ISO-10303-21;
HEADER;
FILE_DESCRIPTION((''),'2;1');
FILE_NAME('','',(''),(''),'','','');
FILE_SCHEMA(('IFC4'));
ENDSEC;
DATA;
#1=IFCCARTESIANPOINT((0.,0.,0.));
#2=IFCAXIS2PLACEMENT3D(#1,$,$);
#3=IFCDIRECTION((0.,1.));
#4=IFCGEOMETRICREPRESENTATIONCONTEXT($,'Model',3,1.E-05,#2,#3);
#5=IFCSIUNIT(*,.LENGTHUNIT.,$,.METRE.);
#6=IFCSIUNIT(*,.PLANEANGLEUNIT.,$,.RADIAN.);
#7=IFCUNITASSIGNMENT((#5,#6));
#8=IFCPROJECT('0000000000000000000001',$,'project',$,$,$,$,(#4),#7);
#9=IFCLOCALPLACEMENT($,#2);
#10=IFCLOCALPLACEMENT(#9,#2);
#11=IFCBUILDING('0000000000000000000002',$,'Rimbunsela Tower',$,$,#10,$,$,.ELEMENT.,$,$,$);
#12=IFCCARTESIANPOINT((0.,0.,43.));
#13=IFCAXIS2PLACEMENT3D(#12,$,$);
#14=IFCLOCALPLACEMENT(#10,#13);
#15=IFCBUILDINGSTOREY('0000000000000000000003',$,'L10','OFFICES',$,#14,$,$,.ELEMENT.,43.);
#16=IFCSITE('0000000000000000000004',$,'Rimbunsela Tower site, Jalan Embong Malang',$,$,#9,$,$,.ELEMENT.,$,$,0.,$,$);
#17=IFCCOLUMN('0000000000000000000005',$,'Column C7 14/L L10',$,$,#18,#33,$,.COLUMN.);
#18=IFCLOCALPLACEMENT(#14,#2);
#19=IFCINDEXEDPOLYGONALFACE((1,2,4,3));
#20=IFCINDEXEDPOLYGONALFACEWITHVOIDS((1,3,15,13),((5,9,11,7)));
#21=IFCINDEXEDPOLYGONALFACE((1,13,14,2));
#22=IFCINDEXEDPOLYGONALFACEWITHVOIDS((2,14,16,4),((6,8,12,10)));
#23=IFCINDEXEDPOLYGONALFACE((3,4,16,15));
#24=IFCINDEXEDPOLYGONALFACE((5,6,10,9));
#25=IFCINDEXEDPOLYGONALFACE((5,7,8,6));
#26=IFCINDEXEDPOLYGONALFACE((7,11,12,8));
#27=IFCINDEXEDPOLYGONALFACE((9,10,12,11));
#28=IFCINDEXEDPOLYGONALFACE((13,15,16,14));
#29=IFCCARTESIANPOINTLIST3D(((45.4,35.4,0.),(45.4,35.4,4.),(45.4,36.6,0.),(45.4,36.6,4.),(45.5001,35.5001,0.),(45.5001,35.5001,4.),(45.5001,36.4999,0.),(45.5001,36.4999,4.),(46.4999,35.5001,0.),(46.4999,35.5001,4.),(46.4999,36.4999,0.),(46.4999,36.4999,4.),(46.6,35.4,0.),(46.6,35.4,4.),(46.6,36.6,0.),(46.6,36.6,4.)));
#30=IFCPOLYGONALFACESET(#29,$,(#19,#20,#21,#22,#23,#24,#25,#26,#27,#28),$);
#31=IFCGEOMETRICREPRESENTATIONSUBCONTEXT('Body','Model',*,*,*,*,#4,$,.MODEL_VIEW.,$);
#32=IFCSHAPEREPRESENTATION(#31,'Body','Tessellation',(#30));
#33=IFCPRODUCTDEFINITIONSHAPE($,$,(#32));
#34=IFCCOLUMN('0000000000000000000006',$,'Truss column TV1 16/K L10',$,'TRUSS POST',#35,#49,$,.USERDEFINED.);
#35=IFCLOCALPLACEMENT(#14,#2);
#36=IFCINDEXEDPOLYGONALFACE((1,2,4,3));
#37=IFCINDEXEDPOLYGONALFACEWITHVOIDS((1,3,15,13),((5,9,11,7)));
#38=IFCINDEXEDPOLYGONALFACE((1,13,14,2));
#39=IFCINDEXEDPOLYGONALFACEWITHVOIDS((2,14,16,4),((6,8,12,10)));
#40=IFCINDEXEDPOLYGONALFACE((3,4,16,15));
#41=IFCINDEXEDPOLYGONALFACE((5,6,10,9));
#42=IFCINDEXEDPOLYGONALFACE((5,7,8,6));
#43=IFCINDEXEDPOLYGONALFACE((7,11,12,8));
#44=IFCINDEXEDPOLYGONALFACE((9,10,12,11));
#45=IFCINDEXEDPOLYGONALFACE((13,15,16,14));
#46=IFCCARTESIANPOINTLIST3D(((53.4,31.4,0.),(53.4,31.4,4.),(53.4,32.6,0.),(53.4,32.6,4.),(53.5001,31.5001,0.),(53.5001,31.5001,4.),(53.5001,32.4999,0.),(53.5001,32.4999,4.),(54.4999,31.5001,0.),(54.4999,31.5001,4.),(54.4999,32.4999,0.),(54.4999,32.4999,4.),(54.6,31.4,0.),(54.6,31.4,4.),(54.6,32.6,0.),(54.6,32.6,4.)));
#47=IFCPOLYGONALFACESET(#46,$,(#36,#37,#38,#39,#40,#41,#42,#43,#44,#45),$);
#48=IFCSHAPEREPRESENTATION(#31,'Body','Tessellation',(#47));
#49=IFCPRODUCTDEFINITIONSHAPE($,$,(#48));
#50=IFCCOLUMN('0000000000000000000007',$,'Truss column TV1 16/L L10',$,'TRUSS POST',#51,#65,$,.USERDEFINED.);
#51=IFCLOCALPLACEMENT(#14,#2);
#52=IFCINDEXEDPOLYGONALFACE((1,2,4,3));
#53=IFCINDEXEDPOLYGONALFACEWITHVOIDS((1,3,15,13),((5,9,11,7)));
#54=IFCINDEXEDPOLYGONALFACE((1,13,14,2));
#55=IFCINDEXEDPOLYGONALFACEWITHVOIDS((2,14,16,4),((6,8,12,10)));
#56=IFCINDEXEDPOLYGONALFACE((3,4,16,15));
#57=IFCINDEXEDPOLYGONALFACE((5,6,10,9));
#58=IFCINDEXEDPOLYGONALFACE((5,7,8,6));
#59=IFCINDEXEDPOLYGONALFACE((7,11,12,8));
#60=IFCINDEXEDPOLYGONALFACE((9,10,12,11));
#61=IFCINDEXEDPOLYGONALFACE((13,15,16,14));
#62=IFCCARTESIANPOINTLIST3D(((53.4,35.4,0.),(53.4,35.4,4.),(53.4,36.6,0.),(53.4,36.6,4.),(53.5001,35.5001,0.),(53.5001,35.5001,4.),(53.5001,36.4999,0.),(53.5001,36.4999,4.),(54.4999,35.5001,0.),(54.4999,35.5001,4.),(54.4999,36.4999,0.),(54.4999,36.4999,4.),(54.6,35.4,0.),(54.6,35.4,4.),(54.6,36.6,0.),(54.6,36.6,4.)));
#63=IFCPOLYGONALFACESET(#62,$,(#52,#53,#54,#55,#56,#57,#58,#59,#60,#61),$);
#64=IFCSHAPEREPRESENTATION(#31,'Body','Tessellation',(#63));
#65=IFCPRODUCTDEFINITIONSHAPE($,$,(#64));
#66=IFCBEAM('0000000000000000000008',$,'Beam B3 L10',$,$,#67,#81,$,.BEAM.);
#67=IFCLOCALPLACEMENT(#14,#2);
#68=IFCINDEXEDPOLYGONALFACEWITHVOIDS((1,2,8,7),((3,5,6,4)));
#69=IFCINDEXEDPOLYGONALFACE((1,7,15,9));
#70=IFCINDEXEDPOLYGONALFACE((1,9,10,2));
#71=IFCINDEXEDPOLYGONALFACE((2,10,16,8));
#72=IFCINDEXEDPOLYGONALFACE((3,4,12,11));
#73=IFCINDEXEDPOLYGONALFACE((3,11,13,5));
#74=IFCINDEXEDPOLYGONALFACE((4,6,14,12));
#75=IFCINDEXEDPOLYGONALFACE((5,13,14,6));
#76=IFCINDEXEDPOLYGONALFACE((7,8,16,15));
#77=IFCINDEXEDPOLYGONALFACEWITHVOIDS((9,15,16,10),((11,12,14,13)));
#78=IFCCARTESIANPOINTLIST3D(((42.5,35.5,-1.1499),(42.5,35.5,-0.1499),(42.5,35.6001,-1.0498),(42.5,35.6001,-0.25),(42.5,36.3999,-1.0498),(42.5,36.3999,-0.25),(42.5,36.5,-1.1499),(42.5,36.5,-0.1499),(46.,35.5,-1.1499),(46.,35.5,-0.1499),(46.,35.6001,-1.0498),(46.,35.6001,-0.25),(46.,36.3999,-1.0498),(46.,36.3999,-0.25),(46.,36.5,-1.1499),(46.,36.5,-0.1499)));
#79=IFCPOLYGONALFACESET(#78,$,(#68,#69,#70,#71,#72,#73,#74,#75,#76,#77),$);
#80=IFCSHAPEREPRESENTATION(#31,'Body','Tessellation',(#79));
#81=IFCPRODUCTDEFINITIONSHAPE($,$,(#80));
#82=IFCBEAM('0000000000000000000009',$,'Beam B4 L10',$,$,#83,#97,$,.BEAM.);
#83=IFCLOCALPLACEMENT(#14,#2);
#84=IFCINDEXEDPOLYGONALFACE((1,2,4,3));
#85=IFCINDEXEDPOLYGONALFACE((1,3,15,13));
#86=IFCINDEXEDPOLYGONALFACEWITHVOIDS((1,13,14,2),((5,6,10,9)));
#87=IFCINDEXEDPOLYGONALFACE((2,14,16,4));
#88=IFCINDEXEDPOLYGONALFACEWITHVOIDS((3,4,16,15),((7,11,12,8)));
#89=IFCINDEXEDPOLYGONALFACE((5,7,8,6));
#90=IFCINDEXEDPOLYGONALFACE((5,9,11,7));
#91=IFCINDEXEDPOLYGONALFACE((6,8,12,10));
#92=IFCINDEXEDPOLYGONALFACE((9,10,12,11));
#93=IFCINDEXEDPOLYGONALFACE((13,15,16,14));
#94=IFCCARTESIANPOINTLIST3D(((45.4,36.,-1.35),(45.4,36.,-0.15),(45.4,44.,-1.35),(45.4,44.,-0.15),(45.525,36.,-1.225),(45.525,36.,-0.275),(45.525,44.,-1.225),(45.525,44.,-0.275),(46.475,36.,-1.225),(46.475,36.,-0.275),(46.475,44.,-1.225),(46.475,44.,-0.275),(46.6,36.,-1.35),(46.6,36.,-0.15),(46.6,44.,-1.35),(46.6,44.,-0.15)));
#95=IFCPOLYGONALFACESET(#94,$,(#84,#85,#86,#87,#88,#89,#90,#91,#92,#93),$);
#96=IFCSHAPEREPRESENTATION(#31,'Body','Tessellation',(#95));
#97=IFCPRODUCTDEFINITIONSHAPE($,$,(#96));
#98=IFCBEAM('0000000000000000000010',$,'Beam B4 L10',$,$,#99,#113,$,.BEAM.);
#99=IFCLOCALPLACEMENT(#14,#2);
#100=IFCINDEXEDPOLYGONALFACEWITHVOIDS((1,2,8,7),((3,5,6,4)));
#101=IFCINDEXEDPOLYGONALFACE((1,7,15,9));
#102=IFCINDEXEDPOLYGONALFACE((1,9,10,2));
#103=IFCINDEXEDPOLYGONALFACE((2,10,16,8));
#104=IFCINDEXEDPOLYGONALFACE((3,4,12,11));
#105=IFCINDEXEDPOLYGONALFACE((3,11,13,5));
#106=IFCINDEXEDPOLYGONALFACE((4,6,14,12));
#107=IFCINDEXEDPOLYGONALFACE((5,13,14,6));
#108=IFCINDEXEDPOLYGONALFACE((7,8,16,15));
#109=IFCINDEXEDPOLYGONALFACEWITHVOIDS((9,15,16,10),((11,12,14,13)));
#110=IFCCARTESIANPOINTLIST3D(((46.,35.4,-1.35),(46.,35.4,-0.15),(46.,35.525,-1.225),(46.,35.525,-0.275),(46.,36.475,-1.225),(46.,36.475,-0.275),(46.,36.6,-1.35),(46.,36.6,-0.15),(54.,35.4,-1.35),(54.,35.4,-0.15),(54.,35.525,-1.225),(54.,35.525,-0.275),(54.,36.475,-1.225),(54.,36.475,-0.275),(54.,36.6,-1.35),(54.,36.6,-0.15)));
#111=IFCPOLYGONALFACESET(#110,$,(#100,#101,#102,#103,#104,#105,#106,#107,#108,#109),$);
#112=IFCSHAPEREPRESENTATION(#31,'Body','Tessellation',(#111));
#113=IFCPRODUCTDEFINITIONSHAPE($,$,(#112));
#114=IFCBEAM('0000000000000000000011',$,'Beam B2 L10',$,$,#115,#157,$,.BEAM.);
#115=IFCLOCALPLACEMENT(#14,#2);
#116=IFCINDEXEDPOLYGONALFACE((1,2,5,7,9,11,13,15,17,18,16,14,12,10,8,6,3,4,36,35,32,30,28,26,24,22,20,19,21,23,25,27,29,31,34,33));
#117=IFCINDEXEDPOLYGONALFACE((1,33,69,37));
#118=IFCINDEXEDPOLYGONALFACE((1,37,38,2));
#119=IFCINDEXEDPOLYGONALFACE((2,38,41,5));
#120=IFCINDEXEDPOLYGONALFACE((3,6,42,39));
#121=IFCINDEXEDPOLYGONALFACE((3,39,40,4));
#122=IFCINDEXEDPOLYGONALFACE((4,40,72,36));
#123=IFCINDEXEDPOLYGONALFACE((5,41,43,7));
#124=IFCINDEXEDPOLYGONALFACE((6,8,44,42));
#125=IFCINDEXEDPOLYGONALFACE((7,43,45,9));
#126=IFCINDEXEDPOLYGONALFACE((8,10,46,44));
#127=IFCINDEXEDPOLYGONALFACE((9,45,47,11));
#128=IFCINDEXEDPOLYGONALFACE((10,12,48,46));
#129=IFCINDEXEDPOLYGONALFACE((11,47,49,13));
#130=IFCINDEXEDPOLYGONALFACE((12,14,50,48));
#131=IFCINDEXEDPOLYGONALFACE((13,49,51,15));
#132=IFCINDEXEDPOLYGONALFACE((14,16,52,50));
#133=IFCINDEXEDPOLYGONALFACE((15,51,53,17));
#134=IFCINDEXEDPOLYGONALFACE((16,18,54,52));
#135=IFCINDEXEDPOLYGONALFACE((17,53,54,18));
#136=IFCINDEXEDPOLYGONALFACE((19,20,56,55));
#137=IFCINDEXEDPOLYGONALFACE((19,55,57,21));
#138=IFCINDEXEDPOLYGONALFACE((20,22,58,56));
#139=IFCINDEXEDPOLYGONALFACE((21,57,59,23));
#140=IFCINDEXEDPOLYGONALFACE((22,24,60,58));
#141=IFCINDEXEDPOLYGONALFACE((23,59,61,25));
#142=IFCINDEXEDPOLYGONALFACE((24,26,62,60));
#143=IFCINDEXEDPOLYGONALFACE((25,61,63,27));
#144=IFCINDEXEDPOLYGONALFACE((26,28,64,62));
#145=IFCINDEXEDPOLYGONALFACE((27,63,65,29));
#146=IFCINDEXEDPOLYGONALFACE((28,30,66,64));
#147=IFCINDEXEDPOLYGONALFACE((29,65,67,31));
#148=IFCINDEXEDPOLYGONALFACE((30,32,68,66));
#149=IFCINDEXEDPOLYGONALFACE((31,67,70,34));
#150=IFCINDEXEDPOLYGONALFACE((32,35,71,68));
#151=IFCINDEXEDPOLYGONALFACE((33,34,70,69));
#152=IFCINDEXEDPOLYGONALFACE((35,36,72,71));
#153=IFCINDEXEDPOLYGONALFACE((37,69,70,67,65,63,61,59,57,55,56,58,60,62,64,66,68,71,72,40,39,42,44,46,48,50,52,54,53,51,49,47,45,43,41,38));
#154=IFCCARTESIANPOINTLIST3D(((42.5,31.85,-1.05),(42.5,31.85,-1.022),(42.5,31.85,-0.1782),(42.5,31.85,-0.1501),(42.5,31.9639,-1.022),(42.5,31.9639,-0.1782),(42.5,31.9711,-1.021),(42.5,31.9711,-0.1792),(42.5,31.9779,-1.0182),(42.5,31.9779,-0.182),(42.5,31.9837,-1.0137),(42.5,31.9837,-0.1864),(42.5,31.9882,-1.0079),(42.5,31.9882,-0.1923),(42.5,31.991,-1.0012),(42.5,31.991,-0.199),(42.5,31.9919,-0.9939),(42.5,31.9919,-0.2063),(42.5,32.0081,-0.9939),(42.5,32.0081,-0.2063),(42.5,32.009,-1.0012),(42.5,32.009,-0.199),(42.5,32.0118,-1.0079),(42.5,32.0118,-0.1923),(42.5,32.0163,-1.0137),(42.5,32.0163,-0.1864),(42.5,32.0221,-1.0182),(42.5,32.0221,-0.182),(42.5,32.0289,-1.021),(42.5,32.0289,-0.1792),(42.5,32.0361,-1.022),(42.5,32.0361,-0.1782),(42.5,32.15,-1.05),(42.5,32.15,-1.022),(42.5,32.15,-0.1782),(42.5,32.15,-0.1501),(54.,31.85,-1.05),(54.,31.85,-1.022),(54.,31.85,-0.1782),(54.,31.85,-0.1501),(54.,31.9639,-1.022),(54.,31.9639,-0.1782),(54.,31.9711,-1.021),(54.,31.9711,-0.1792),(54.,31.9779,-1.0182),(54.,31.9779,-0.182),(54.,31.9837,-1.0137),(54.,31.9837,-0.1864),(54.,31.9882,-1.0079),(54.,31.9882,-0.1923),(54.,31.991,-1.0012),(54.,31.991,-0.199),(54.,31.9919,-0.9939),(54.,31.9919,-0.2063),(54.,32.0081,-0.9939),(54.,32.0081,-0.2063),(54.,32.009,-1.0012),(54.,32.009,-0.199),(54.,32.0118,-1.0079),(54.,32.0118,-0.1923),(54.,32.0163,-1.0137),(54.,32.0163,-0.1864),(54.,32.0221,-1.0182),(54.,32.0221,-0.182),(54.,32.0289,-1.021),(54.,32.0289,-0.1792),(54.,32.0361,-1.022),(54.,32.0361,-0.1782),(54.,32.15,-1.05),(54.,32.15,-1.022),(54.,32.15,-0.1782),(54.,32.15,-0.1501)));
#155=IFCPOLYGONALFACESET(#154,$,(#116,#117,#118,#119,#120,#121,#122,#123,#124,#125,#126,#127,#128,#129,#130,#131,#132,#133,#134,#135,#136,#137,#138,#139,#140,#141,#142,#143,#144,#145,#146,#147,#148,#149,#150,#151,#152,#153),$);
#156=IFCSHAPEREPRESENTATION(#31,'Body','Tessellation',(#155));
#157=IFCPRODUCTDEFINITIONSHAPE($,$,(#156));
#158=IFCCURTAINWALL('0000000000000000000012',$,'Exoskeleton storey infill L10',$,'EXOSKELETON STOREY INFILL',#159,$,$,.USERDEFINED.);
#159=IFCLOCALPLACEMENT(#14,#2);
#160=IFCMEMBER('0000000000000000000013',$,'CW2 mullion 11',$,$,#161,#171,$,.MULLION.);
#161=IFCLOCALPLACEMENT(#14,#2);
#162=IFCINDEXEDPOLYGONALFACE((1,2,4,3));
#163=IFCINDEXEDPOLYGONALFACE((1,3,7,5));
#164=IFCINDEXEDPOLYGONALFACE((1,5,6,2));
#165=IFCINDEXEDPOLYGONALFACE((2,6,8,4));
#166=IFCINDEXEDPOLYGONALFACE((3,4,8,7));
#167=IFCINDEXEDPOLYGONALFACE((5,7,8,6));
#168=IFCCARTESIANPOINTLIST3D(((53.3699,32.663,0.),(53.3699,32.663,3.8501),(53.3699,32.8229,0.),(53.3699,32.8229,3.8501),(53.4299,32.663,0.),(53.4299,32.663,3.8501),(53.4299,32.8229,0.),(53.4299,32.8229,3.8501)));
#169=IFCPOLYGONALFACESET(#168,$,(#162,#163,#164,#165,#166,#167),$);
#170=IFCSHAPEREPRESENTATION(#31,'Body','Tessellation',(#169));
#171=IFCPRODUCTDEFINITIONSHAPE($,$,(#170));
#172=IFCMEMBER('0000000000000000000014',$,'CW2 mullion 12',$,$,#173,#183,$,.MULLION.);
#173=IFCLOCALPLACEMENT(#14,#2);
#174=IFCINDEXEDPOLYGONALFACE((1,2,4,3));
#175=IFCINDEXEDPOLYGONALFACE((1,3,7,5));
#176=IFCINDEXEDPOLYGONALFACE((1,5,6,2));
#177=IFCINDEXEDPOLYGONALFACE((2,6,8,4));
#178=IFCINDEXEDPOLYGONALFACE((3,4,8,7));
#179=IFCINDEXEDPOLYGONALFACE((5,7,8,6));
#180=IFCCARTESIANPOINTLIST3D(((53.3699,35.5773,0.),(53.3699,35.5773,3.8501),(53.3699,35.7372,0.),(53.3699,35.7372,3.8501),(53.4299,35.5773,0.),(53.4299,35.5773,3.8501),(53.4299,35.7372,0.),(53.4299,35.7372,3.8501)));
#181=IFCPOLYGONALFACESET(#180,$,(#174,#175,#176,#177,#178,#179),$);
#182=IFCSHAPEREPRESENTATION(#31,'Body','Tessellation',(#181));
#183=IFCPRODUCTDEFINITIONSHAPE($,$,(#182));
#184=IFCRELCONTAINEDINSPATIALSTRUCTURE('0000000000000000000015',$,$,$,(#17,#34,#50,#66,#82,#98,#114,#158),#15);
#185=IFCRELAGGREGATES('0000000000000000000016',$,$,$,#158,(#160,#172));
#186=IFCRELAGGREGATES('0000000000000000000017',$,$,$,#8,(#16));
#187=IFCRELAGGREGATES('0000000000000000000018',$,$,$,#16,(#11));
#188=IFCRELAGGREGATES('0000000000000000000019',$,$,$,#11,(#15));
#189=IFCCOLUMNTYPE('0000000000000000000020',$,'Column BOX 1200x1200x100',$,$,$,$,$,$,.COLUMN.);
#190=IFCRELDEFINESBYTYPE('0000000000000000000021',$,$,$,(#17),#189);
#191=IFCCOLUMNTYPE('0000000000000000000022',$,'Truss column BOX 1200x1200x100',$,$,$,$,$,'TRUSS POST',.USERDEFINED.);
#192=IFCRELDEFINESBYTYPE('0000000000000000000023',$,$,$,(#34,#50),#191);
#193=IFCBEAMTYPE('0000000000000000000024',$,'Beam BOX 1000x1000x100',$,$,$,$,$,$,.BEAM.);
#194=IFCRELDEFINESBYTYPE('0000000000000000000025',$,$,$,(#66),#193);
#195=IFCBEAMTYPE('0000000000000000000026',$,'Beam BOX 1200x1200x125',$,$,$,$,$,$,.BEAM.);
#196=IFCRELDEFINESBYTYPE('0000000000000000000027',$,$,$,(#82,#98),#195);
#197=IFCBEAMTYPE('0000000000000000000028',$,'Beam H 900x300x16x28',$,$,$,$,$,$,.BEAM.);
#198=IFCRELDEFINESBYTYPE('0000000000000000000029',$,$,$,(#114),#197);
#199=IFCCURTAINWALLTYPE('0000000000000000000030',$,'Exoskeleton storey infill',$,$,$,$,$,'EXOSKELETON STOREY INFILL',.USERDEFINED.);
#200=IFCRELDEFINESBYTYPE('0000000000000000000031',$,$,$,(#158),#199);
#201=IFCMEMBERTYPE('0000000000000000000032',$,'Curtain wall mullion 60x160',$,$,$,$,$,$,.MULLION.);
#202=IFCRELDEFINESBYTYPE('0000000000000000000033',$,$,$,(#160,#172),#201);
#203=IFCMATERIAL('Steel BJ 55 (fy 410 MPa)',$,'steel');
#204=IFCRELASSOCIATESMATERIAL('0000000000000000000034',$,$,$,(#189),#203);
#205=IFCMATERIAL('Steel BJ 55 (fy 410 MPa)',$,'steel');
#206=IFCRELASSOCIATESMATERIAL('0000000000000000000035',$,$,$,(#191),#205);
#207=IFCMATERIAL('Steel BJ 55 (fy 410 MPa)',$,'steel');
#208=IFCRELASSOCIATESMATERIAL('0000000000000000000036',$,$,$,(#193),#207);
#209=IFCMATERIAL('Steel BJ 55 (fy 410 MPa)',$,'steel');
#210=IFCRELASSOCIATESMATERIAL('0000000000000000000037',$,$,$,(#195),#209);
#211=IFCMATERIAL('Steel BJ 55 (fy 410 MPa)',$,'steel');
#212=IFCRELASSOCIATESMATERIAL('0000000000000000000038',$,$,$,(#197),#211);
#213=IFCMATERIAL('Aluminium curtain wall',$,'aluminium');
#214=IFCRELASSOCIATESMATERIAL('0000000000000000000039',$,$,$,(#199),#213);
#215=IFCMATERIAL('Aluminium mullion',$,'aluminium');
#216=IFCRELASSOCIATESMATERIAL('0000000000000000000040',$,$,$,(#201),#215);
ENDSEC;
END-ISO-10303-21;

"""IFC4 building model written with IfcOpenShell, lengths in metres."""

from ifc_helpers import new_model, si_unit, direction, frame, origin, origin_2d, place, context, subcontext, project, spatial, rectangle, hollow_rectangle, i_section, extrude, material, material_profile, profile_set, type_object, element, aggregate, save


model = new_model("IFC4")

# Units and contexts
model_context = context("Model", 3, precision=1e-05, world=origin(), true_north=direction((0.0, 1.0)))
body_context = subcontext(model_context, "Body", "Model", "MODEL_VIEW")
ifc_project = project(units=[si_unit("LENGTHUNIT", "METRE"), si_unit("PLANEANGLEUNIT", "RADIAN")], contexts=[model_context])

# Site, building, storey
site_placement = place(None, origin())
site = spatial("IfcSite", under=ifc_project, at=site_placement, Name="Rimbunsela Tower site, Jalan Embong Malang", CompositionType="ELEMENT", RefElevation=0.0)
building_placement = place(site_placement, origin())
building = spatial("IfcBuilding", under=site, at=building_placement, Name="Rimbunsela Tower", CompositionType="ELEMENT")
storey_placement = place(building_placement, frame((0.0, 0.0, 43.0)))
storey = spatial("IfcBuildingStorey", under=building, at=storey_placement, Name="L10", Description="OFFICES", CompositionType="ELEMENT", Elevation=43.0)

# Columns
ifc_material_1 = material(Name="Steel BJ 55 (fy 410 MPa)", Category="steel")
ifc_material_profile_1 = material_profile(ifc_material_1, hollow_rectangle(XDim=1.2, YDim=1.2, WallThickness=0.1001, at=origin_2d()), Name="BOX 1200x1200x100")
ifc_profile_set_1 = profile_set([ifc_material_profile_1], Name="Steel BJ 55 (fy 410 MPa)")
column_type_1 = type_object("IfcColumnType", Name="Column BOX 1200x1200x100", PredefinedType="COLUMN", material=ifc_profile_set_1)
column_placement = place(storey_placement, frame((46.0, 36.0, 0.0), z_axis=(0.0, 0.0, 1.0), x_axis=(1.0, 0.0, 0.0)))
element("IfcColumn", 1, at=column_placement, inside=storey, type_object=column_type_1, Name="Column C7 14/L L10", PredefinedType="COLUMN", context=body_context, shape_type="SweptSolid", body=[
    extrude(hollow_rectangle(XDim=1.2, YDim=1.2, WallThickness=0.1001, at=origin_2d()), origin(), (0.0, 0.0, 1.0), 4.0),
])
ifc_material_2 = material(Name="Steel BJ 55 (fy 410 MPa)", Category="steel")
ifc_material_profile_2 = material_profile(ifc_material_2, hollow_rectangle(XDim=1.2, YDim=1.2, WallThickness=0.1001, at=origin_2d()), Name="BOX 1200x1200x100")
ifc_profile_set_2 = profile_set([ifc_material_profile_2], Name="Steel BJ 55 (fy 410 MPa)")
column_type_2 = type_object("IfcColumnType", Name="Truss column BOX 1200x1200x100", ElementType="TRUSS POST", PredefinedType="USERDEFINED", material=ifc_profile_set_2)
for number, where, z_axis, x_axis, name in (
    (2, (54.0, 32.0, 0.0), (0.0, 0.0, 1.0), (1.0, 0.0, 0.0), "Truss column TV1 16/K L10"),
    (3, (54.0, 36.0, 0.0), (0.0, 0.0, 1.0), (1.0, 0.0, 0.0), "Truss column TV1 16/L L10"),
):
    element("IfcColumn", number, at=place(storey_placement, frame(where, z_axis=z_axis, x_axis=x_axis)), inside=storey, type_object=column_type_2, Name=name, ObjectType="TRUSS POST", PredefinedType="USERDEFINED", context=body_context, shape_type="SweptSolid", body=[
        extrude(hollow_rectangle(XDim=1.2, YDim=1.2, WallThickness=0.1001, at=origin_2d()), origin(), (0.0, 0.0, 1.0), 4.0),
    ])

# Beams
ifc_material_3 = material(Name="Steel BJ 55 (fy 410 MPa)", Category="steel")
ifc_material_profile_3 = material_profile(ifc_material_3, hollow_rectangle(XDim=1.0, YDim=1.0, WallThickness=0.1001, at=origin_2d()), Name="BOX 1000x1000x100")
ifc_profile_set_3 = profile_set([ifc_material_profile_3], Name="Steel BJ 55 (fy 410 MPa)")
beam_type_1 = type_object("IfcBeamType", Name="Beam BOX 1000x1000x100", PredefinedType="BEAM", material=ifc_profile_set_3)
beam_1_placement = place(storey_placement, frame((42.5, 36.0, -0.6499), z_axis=(1.0, 0.0, 0.0), x_axis=(0.0, 1.0, 0.0)))
element("IfcBeam", 4, at=beam_1_placement, inside=storey, type_object=beam_type_1, Name="Beam B3 L10", PredefinedType="BEAM", context=body_context, shape_type="SweptSolid", body=[
    extrude(hollow_rectangle(XDim=1.0, YDim=1.0, WallThickness=0.1001, at=origin_2d()), origin(), (0.0, 0.0, 1.0), 3.5),
])
ifc_material_4 = material(Name="Steel BJ 55 (fy 410 MPa)", Category="steel")
ifc_material_profile_4 = material_profile(ifc_material_4, hollow_rectangle(XDim=1.2, YDim=1.2, WallThickness=0.125, at=origin_2d()), Name="BOX 1200x1200x125")
ifc_profile_set_4 = profile_set([ifc_material_profile_4], Name="Steel BJ 55 (fy 410 MPa)")
beam_type_2 = type_object("IfcBeamType", Name="Beam BOX 1200x1200x125", PredefinedType="BEAM", material=ifc_profile_set_4)
for number, where, z_axis, x_axis, name in (
    (5, (46.0, 36.0, -0.75), (0.0, 1.0, 0.0), (-1.0, 0.0, 0.0), "Beam B4 L10"),
    (6, (46.0, 36.0, -0.75), (1.0, 0.0, 0.0), (0.0, 1.0, 0.0), "Beam B4 L10"),
):
    element("IfcBeam", number, at=place(storey_placement, frame(where, z_axis=z_axis, x_axis=x_axis)), inside=storey, type_object=beam_type_2, Name=name, PredefinedType="BEAM", context=body_context, shape_type="SweptSolid", body=[
        extrude(hollow_rectangle(XDim=1.2, YDim=1.2, WallThickness=0.125, at=origin_2d()), origin(), (0.0, 0.0, 1.0), 8.0),
    ])
ifc_material_5 = material(Name="Steel BJ 55 (fy 410 MPa)", Category="steel")
ifc_material_profile_5 = material_profile(ifc_material_5, i_section(OverallWidth=0.3, OverallDepth=0.8999, WebThickness=0.0161, FlangeThickness=0.0281, FilletRadius=0.0281, at=origin_2d()), Name="H 900x300x16x28")
ifc_profile_set_5 = profile_set([ifc_material_profile_5], Name="Steel BJ 55 (fy 410 MPa)")
beam_type_3 = type_object("IfcBeamType", Name="Beam H 900x300x16x28", PredefinedType="BEAM", material=ifc_profile_set_5)
beam_2_placement = place(storey_placement, frame((42.5, 32.0, -0.6001), z_axis=(1.0, 0.0, 0.0), x_axis=(0.0, 1.0, 0.0)))
element("IfcBeam", 7, at=beam_2_placement, inside=storey, type_object=beam_type_3, Name="Beam B2 L10", PredefinedType="BEAM", context=body_context, shape_type="SweptSolid", body=[
    extrude(i_section(OverallWidth=0.3, OverallDepth=0.8999, WebThickness=0.0161, FlangeThickness=0.0281, FilletRadius=0.0281, at=origin_2d()), origin(), (0.0, 0.0, 1.0), 11.5),
])

# Curtain wall, members
ifc_material_6 = material(Name="Aluminium curtain wall", Category="aluminium")
curtain_wall_type = type_object("IfcCurtainWallType", Name="Exoskeleton storey infill", ElementType="EXOSKELETON STOREY INFILL", PredefinedType="USERDEFINED", material=ifc_material_6)
curtain_wall_placement = place(storey_placement, origin())
curtain_wall = element("IfcCurtainWall", 8, at=curtain_wall_placement, inside=storey, type_object=curtain_wall_type, Name="Exoskeleton storey infill L10", ObjectType="EXOSKELETON STOREY INFILL", PredefinedType="USERDEFINED")
ifc_material_7 = material(Name="Aluminium mullion", Category="aluminium")
ifc_material_profile_6 = material_profile(ifc_material_7, rectangle(XDim=0.0601, YDim=0.1599, at=origin_2d()), Name="Mullion 60x160")
ifc_profile_set_6 = profile_set([ifc_material_profile_6], Name="Aluminium mullion")
member_type_1 = type_object("IfcMemberType", Name="Curtain wall mullion 60x160", PredefinedType="MULLION", material=ifc_profile_set_6)
member_1_placement = place(storey_placement, frame((53.3999, 32.7429, 0.0), z_axis=(0.0, 0.0, 1.0), x_axis=(-1.0, 0.0, 0.0)))
member_1 = element("IfcMember", 9, at=member_1_placement, type_object=member_type_1, Name="CW2 mullion 11", PredefinedType="MULLION", context=body_context, shape_type="SweptSolid", body=[
    extrude(rectangle(XDim=0.0601, YDim=0.1599, at=origin_2d()), origin(), (0.0, 0.0, 1.0), 3.8501),
])
member_2_placement = place(storey_placement, frame((53.3999, 35.6572, 0.0), z_axis=(0.0, 0.0, 1.0), x_axis=(-1.0, 0.0, 0.0)))
member_2 = element("IfcMember", 10, at=member_2_placement, type_object=member_type_1, Name="CW2 mullion 12", PredefinedType="MULLION", context=body_context, shape_type="SweptSolid", body=[
    extrude(rectangle(XDim=0.0601, YDim=0.1599, at=origin_2d()), origin(), (0.0, 0.0, 1.0), 3.8501),
])

aggregate(curtain_wall, [member_1, member_2])

save(model, "model.ifc")
